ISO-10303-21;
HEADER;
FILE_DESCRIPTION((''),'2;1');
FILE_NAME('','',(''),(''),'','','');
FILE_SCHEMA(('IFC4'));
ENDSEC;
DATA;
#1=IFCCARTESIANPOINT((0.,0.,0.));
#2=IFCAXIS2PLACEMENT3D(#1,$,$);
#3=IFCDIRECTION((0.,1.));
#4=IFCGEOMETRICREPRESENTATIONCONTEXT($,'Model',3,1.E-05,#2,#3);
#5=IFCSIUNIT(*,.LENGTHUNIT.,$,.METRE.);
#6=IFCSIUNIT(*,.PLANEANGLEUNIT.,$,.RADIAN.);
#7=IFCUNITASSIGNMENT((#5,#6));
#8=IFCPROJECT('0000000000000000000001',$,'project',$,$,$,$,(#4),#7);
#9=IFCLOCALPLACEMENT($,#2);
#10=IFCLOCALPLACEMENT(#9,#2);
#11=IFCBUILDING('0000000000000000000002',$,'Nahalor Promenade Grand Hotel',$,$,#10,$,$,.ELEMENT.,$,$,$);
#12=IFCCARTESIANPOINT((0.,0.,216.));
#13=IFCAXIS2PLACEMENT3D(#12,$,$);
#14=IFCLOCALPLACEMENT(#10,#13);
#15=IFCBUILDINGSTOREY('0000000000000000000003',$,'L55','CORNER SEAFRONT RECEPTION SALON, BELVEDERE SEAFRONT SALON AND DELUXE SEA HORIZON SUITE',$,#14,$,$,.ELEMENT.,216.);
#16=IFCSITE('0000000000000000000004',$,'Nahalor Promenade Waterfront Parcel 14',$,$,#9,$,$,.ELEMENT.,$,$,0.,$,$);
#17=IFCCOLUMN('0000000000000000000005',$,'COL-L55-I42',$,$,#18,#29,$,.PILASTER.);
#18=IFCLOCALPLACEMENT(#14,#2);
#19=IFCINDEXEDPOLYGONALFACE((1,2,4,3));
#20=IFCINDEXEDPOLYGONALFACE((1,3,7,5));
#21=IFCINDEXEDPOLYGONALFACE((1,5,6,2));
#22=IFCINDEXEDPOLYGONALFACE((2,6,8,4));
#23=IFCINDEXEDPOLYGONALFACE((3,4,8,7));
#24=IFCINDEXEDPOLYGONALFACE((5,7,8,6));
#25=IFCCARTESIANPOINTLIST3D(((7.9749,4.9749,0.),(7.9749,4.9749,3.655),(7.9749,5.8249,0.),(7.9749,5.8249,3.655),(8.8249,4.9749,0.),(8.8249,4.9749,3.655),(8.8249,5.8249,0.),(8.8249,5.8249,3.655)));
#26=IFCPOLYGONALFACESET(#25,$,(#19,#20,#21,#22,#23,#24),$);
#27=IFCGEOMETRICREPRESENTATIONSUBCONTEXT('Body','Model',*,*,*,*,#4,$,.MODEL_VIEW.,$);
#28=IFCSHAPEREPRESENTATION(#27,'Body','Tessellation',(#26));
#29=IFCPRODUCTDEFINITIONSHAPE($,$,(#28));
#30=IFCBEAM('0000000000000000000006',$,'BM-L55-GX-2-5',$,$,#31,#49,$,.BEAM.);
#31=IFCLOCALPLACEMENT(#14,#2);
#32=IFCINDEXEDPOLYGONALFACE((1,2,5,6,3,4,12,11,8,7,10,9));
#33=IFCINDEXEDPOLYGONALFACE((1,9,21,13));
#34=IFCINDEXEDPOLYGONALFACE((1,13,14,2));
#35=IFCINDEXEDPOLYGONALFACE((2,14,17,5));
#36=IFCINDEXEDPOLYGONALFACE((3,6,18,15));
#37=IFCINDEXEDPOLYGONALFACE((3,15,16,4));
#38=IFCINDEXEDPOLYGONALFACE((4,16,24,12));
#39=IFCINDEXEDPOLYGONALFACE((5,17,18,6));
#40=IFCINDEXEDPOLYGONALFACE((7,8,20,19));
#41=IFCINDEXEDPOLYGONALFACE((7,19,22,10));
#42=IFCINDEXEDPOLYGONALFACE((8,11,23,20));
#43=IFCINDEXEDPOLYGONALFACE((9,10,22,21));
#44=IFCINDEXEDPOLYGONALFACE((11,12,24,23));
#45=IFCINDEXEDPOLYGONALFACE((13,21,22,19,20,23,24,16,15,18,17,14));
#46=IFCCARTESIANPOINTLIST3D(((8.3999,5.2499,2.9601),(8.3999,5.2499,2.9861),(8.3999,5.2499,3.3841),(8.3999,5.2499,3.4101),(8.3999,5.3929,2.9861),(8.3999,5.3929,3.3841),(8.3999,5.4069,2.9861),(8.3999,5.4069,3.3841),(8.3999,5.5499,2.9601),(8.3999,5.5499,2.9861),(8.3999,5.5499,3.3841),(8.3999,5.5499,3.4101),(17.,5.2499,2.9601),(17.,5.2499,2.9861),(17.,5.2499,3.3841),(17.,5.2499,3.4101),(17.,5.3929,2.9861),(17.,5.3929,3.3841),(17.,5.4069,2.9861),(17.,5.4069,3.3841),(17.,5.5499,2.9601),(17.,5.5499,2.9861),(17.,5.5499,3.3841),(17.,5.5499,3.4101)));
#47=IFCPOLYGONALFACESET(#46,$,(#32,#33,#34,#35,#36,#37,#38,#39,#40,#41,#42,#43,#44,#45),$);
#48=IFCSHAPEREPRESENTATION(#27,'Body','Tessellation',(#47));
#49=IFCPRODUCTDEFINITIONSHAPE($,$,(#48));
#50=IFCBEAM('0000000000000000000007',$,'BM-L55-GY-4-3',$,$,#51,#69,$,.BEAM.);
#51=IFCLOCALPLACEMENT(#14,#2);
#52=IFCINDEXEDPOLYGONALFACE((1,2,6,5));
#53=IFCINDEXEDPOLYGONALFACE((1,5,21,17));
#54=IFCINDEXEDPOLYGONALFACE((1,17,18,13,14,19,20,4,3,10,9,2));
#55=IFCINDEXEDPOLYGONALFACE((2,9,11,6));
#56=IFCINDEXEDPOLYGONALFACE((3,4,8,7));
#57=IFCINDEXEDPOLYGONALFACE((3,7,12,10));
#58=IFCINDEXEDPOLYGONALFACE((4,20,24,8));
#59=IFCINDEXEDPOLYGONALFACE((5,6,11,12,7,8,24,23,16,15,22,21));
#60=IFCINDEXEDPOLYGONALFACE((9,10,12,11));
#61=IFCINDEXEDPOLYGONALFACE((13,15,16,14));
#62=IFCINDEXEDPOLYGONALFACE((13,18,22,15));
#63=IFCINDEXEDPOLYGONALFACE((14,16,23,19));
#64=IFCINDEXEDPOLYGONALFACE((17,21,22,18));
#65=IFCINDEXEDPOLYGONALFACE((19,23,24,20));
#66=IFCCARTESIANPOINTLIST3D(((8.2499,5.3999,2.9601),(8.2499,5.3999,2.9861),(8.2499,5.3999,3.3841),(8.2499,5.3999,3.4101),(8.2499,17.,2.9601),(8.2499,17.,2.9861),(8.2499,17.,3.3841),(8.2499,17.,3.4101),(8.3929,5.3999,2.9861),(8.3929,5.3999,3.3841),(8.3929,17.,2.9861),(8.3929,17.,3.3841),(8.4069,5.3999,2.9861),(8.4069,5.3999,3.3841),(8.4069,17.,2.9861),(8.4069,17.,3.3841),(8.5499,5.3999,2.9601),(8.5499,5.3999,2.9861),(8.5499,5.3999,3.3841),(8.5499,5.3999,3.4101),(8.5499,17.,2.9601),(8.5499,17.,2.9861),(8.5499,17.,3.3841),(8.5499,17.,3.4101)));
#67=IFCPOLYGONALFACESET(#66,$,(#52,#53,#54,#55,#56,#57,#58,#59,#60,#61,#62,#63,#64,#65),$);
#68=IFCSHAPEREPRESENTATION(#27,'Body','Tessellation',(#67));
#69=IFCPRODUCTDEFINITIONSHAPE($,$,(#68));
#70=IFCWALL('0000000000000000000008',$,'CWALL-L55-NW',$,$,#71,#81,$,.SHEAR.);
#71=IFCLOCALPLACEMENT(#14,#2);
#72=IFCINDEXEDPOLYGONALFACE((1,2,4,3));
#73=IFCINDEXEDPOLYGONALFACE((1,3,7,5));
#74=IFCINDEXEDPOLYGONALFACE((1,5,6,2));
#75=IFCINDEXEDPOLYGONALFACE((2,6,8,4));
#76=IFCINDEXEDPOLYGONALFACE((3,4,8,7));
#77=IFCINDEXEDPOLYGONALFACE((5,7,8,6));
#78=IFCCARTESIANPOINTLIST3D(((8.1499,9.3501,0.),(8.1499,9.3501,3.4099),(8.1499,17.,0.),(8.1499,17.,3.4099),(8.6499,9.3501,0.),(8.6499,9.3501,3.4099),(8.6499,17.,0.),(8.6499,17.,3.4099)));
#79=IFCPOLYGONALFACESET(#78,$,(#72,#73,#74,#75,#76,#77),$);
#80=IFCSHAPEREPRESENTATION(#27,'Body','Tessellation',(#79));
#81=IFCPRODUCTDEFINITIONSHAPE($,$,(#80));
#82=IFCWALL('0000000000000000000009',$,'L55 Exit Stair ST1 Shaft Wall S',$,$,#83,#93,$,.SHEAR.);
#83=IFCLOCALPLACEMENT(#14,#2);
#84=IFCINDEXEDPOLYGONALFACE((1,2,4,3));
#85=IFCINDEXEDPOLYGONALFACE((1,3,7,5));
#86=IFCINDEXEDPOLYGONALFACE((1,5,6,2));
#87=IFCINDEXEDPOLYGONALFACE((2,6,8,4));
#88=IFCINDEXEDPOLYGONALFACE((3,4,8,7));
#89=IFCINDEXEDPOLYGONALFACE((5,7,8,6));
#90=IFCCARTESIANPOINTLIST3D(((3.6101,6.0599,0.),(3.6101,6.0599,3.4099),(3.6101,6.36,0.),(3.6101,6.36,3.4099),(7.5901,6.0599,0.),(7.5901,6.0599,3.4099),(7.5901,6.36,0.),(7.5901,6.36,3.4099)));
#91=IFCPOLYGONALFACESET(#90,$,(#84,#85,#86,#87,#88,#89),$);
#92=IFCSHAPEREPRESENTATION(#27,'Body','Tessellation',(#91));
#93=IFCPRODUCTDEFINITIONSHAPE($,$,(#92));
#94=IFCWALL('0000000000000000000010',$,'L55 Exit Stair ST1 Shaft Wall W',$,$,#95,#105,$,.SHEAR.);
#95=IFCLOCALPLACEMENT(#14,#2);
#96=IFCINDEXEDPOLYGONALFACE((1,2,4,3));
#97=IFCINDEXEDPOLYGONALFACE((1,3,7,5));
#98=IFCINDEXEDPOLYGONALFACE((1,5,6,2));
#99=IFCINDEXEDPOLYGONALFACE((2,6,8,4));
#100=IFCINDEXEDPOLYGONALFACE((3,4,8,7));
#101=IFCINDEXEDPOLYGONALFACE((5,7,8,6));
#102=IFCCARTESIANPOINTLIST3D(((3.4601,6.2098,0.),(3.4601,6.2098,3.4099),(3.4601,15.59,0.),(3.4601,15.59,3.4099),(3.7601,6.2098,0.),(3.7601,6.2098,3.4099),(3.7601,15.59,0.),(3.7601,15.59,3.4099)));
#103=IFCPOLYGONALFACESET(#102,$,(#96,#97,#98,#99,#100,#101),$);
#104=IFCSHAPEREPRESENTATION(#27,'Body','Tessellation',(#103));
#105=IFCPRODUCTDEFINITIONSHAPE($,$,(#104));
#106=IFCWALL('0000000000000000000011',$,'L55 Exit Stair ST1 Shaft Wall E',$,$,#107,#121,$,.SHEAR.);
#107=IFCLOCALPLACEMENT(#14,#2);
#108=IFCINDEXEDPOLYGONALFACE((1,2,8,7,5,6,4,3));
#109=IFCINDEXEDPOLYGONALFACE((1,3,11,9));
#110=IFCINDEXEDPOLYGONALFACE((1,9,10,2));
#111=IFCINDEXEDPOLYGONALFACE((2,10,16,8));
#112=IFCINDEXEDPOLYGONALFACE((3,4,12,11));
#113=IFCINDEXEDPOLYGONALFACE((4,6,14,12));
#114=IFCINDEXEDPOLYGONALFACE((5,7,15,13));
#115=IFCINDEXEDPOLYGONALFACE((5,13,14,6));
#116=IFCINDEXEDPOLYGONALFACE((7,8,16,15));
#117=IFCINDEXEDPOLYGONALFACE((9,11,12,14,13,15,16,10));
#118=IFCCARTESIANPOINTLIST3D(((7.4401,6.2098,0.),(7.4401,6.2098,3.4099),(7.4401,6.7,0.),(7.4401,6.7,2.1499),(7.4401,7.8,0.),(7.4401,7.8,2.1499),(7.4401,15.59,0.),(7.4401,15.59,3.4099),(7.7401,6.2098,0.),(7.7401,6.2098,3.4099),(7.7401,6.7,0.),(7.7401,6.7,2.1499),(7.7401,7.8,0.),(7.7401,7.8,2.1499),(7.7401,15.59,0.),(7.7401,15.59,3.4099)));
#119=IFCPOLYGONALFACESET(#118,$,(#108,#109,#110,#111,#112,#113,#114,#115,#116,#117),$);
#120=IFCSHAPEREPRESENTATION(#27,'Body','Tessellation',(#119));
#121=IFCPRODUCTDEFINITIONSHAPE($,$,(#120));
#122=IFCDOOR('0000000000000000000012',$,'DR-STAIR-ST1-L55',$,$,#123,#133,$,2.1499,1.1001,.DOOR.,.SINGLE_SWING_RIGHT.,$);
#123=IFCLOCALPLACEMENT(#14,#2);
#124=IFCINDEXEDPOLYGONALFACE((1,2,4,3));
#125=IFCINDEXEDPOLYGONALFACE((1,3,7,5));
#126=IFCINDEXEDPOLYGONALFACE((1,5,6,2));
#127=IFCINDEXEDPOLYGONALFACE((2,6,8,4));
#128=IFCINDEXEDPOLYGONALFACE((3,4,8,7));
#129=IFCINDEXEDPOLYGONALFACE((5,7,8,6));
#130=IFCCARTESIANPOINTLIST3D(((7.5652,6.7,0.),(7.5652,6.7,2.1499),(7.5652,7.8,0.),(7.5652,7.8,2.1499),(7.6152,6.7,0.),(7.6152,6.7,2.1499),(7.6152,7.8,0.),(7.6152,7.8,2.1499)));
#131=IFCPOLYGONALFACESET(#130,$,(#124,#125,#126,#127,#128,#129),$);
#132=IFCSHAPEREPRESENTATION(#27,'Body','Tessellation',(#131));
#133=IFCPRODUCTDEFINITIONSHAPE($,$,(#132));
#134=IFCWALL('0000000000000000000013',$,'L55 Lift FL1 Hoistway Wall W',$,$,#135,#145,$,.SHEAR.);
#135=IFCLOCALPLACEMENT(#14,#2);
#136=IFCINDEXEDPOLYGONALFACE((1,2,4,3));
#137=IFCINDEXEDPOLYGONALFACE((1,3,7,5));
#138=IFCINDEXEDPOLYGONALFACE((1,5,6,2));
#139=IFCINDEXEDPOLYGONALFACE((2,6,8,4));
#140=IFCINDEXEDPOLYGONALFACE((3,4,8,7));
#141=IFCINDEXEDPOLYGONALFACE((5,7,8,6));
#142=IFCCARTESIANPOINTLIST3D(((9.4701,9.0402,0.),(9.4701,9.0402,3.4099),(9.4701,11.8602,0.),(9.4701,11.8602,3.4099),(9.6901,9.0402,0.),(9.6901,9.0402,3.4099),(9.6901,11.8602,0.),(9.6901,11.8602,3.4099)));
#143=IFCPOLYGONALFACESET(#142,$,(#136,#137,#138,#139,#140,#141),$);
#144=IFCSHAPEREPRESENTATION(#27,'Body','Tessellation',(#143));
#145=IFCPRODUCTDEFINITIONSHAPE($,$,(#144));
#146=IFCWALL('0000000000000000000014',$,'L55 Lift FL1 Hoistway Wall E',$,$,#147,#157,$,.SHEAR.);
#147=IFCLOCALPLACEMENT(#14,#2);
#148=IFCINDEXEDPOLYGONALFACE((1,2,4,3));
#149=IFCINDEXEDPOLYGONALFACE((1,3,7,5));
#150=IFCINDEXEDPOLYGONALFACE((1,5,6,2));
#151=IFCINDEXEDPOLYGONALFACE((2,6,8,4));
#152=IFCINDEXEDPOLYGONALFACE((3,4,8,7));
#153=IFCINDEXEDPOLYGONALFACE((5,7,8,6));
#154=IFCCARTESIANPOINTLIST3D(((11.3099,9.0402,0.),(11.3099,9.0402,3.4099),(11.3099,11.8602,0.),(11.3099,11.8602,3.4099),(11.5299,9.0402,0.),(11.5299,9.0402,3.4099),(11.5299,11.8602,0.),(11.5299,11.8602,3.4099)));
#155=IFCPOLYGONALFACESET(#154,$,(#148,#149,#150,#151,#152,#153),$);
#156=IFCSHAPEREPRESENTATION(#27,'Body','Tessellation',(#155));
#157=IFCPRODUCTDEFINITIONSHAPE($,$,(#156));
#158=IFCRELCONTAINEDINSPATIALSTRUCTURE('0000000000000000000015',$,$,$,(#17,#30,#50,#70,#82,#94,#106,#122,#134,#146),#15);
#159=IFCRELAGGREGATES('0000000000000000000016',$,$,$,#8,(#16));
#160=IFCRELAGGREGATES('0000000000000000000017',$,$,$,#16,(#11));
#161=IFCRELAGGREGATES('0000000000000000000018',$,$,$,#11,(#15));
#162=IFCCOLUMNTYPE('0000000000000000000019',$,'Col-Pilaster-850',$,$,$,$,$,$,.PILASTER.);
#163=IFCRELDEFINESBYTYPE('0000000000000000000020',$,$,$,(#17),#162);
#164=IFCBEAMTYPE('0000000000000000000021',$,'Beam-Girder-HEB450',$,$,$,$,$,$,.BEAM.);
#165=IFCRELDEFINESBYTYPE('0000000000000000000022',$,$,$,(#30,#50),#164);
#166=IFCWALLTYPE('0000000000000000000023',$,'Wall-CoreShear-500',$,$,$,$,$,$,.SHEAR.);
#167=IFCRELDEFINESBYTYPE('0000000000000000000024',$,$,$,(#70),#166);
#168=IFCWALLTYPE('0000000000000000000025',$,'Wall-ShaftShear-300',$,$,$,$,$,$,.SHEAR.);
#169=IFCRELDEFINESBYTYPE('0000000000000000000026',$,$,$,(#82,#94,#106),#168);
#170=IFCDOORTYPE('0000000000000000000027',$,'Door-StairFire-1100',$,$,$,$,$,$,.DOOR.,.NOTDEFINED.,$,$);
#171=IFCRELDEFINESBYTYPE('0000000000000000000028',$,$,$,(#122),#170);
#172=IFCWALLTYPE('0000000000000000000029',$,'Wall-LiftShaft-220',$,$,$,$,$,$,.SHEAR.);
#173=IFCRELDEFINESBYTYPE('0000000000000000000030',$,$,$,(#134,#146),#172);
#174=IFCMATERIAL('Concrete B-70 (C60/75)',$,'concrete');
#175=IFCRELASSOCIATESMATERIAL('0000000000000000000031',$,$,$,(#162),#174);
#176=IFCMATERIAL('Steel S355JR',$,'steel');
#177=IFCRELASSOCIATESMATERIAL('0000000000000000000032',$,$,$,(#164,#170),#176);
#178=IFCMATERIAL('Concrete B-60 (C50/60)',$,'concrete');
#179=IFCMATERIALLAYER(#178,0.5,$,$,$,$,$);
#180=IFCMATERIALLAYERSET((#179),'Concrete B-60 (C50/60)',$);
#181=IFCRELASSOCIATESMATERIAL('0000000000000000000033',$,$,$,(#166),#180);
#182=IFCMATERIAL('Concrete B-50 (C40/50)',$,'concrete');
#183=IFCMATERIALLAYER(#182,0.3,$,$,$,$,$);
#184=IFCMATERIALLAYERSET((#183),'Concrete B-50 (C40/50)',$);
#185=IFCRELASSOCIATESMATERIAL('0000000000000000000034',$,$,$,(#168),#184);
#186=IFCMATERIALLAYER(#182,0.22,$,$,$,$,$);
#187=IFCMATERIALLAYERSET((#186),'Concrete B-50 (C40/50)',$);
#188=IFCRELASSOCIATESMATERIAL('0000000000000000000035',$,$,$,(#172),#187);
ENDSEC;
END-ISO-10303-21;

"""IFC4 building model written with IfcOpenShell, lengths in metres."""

from ifc_helpers import new_model, si_unit, direction, frame, frame_2d, origin, origin_2d, place, context, subcontext, project, spatial, rectangle, i_section, extrude, source, transform, mapped, material, layer, layer_set, material_profile, profile_set, type_object, element, fill, save


model = new_model("IFC4")

# Units and contexts
model_context = context("Model", 3, precision=1e-05, world=origin(), true_north=direction((0.0, 1.0)))
body_context = subcontext(model_context, "Body", "Model", "MODEL_VIEW")
ifc_project = project(units=[si_unit("LENGTHUNIT", "METRE"), si_unit("PLANEANGLEUNIT", "RADIAN")], contexts=[model_context])

# Site, building, storey
site_placement = place(None, origin())
site = spatial("IfcSite", under=ifc_project, at=site_placement, Name="Nahalor Promenade Waterfront Parcel 14", CompositionType="ELEMENT", RefElevation=0.0)
building_placement = place(site_placement, origin())
building = spatial("IfcBuilding", under=site, at=building_placement, Name="Nahalor Promenade Grand Hotel", CompositionType="ELEMENT")
storey_placement = place(building_placement, frame((0.0, 0.0, 216.0)))
storey = spatial("IfcBuildingStorey", under=building, at=storey_placement, Name="L55", Description="CORNER SEAFRONT RECEPTION SALON, BELVEDERE SEAFRONT SALON AND DELUXE SEA HORIZON SUITE", CompositionType="ELEMENT", Elevation=216.0)

# Column
ifc_material_1 = material(Name="Concrete B-70 (C60/75)", Category="concrete")
ifc_material_profile_1 = material_profile(ifc_material_1, rectangle(XDim=0.85, YDim=0.85, at=origin_2d()), Name="RC 850x850")
ifc_profile_set_1 = profile_set([ifc_material_profile_1], Name="Concrete B-70 (C60/75)")
column_type = type_object("IfcColumnType", Name="Col-Pilaster-850", PredefinedType="PILASTER", material=ifc_profile_set_1)
shared_shape_1 = source(origin(), body_context, "Body", "SweptSolid", [
    extrude(rectangle(XDim=0.85, YDim=0.85, at=origin_2d()), origin(), (0.0, 0.0, 1.0), 3.655),
])
column_placement = place(storey_placement, frame((8.3999, 5.3999, 0.0), z_axis=(0.0, 0.0, 1.0), x_axis=(1.0, 0.0, 0.0)))
element("IfcColumn", 1, at=column_placement, inside=storey, type_object=column_type, Name="COL-L55-I42", PredefinedType="PILASTER", context=body_context, shape_type="MappedRepresentation", body=[
    mapped(shared_shape_1, transform((0.0, 0.0, 0.0), scale=1.0)),
])

# Beams
ifc_material_2 = material(Name="Steel S355JR", Category="steel")
ifc_material_profile_2 = material_profile(ifc_material_2, i_section(OverallWidth=0.3, OverallDepth=0.45, WebThickness=0.014, FlangeThickness=0.026, at=origin_2d()), Name="HEB 450")
ifc_profile_set_2 = profile_set([ifc_material_profile_2], Name="Steel S355JR")
beam_type = type_object("IfcBeamType", Name="Beam-Girder-HEB450", PredefinedType="BEAM", material=ifc_profile_set_2)
shared_shape_2 = source(origin(), body_context, "Body", "SweptSolid", [
    extrude(i_section(OverallWidth=0.3, OverallDepth=0.45, WebThickness=0.014, FlangeThickness=0.026, at=origin_2d()), origin(), (0.0, 0.0, 1.0), 8.6001),
])
beam_1_placement = place(storey_placement, frame((8.3999, 5.3999, 3.1851), z_axis=(1.0, 0.0, 0.0), x_axis=(0.0, 1.0, 0.0)))
element("IfcBeam", 2, at=beam_1_placement, inside=storey, type_object=beam_type, Name="BM-L55-GX-2-5", PredefinedType="BEAM", context=body_context, shape_type="MappedRepresentation", body=[
    mapped(shared_shape_2, transform((0.0, 0.0, 0.0), scale=1.0)),
])
shared_shape_3 = source(origin(), body_context, "Body", "SweptSolid", [
    extrude(i_section(OverallWidth=0.3, OverallDepth=0.45, WebThickness=0.014, FlangeThickness=0.026, at=origin_2d()), origin(), (0.0, 0.0, 1.0), 11.6001),
])
beam_2_placement = place(storey_placement, frame((8.3999, 5.3999, 3.1851), z_axis=(0.0, 1.0, 0.0), x_axis=(-1.0, 0.0, 0.0)))
element("IfcBeam", 3, at=beam_2_placement, inside=storey, type_object=beam_type, Name="BM-L55-GY-4-3", PredefinedType="BEAM", context=body_context, shape_type="MappedRepresentation", body=[
    mapped(shared_shape_3, transform((0.0, 0.0, 0.0), scale=1.0)),
])

# Walls
ifc_material_3 = material(Name="Concrete B-60 (C50/60)", Category="concrete")
ifc_layer_1 = layer(ifc_material_3, 0.5)
ifc_layer_set_1 = layer_set([ifc_layer_1], Name="Concrete B-60 (C50/60)")
wall_type_1 = type_object("IfcWallType", Name="Wall-CoreShear-500", PredefinedType="SHEAR", material=ifc_layer_set_1)
shared_shape_4 = source(origin(), body_context, "Body", "SweptSolid", [
    extrude(rectangle(XDim=7.6499, YDim=0.5, at=frame_2d((3.825, 0.0))), origin(), (0.0, 0.0, 1.0), 3.4099),
])
wall_1_placement = place(storey_placement, frame((8.3999, 9.3501, 0.0), z_axis=(0.0, 0.0, 1.0), x_axis=(0.0, 1.0, 0.0)))
element("IfcWall", 4, at=wall_1_placement, inside=storey, type_object=wall_type_1, Name="CWALL-L55-NW", PredefinedType="SHEAR", context=body_context, shape_type="MappedRepresentation", body=[
    mapped(shared_shape_4, transform((0.0, 0.0, 0.0), scale=1.0)),
])
ifc_material_4 = material(Name="Concrete B-50 (C40/50)", Category="concrete")
ifc_layer_2 = layer(ifc_material_4, 0.3)
ifc_layer_set_2 = layer_set([ifc_layer_2], Name="Concrete B-50 (C40/50)")
wall_type_2 = type_object("IfcWallType", Name="Wall-ShaftShear-300", PredefinedType="SHEAR", material=ifc_layer_set_2)
shared_shape_5 = source(origin(), body_context, "Body", "SweptSolid", [
    extrude(rectangle(XDim=3.98, YDim=0.3, at=frame_2d((1.99, 0.0))), origin(), (0.0, 0.0, 1.0), 3.4099),
])
wall_2_placement = place(storey_placement, frame((3.6101, 6.21, 0.0), z_axis=(0.0, 0.0, 1.0), x_axis=(1.0, 0.0, 0.0)))
element("IfcWall", 5, at=wall_2_placement, inside=storey, type_object=wall_type_2, Name="L55 Exit Stair ST1 Shaft Wall S", PredefinedType="SHEAR", context=body_context, shape_type="MappedRepresentation", body=[
    mapped(shared_shape_5, transform((0.0, 0.0, 0.0), scale=1.0)),
])
shared_shape_6 = source(origin(), body_context, "Body", "SweptSolid", [
    extrude(rectangle(XDim=9.3801, YDim=0.3, at=frame_2d((4.6899, 0.0))), origin(), (0.0, 0.0, 1.0), 3.4099),
])
wall_3_placement = place(storey_placement, frame((3.6101, 6.21, 0.0), z_axis=(0.0, 0.0, 1.0), x_axis=(0.0, 1.0, 0.0)))
element("IfcWall", 6, at=wall_3_placement, inside=storey, type_object=wall_type_2, Name="L55 Exit Stair ST1 Shaft Wall W", PredefinedType="SHEAR", context=body_context, shape_type="MappedRepresentation", body=[
    mapped(shared_shape_6, transform((0.0, 0.0, 0.0), scale=1.0)),
])

# Wall, opening, door
wall_4_placement = place(storey_placement, frame((7.5901, 6.21, 0.0), z_axis=(0.0, 0.0, 1.0), x_axis=(0.0, 1.0, 0.0)))
wall_4 = element("IfcWall", 7, at=wall_4_placement, inside=storey, type_object=wall_type_2, Name="L55 Exit Stair ST1 Shaft Wall E", PredefinedType="SHEAR", context=body_context, shape_type="MappedRepresentation", body=[
    mapped(shared_shape_6, transform((0.0, 0.0, 0.0), scale=1.0)),
])
opening_1_placement = place(wall_4_placement, frame((0.49, 0.0, 0.0)))
opening_1 = element("IfcOpeningElement", 8, at=opening_1_placement, cuts=wall_4, PredefinedType="OPENING", context=body_context, shape_type="SweptSolid", body=[
    extrude(rectangle(XDim=1.1001, YDim=2.1499, at=frame_2d((0.55, 1.075))), frame((0.0, 0.1599, 0.0), z_axis=(0.0, -1.0, 0.0), x_axis=(1.0, 0.0, 0.0)), (0.0, 0.0, 1.0), 0.3201),
])
door_type_1 = type_object("IfcDoorType", Name="Door-StairFire-1100", OperationType="NOTDEFINED", PredefinedType="DOOR", material=ifc_material_2)
shared_shape_7 = source(origin(), body_context, "Body", "SweptSolid", [
    extrude(rectangle(XDim=1.1001, YDim=2.1499, at=frame_2d((0.55, 1.075))), frame((0.0, 0.0249, 0.0), z_axis=(0.0, -1.0, 0.0), x_axis=(1.0, 0.0, 0.0)), (0.0, 0.0, 1.0), 0.05),
])
door_1_placement = place(opening_1_placement, origin())
door_1 = element("IfcDoor", 9, at=door_1_placement, inside=storey, type_object=door_type_1, Name="DR-STAIR-ST1-L55", OperationType="SINGLE_SWING_RIGHT", OverallHeight=2.1499, OverallWidth=1.1001, PredefinedType="DOOR", context=body_context, shape_type="MappedRepresentation", body=[
    mapped(shared_shape_7, transform((0.0, 0.0, 0.0), scale=1.0)),
])
fill(opening_1, door_1)

# Walls
ifc_layer_3 = layer(ifc_material_4, 0.22)
ifc_layer_set_3 = layer_set([ifc_layer_3], Name="Concrete B-50 (C40/50)")
wall_type_3 = type_object("IfcWallType", Name="Wall-LiftShaft-220", PredefinedType="SHEAR", material=ifc_layer_set_3)
shared_shape_8 = source(origin(), body_context, "Body", "SweptSolid", [
    extrude(rectangle(XDim=2.8201, YDim=0.22, at=frame_2d((1.4102, 0.0))), origin(), (0.0, 0.0, 1.0), 3.4099),
])
for number, where, z_axis, x_axis, name in (
    (10, (9.5801, 9.04, 0.0), (0.0, 0.0, 1.0), (0.0, 1.0, 0.0), "L55 Lift FL1 Hoistway Wall W"),
    (11, (11.4199, 9.04, 0.0), (0.0, 0.0, 1.0), (0.0, 1.0, 0.0), "L55 Lift FL1 Hoistway Wall E"),
):
    element("IfcWall", number, at=place(storey_placement, frame(where, z_axis=z_axis, x_axis=x_axis)), inside=storey, type_object=wall_type_3, Name=name, PredefinedType="SHEAR", context=body_context, shape_type="MappedRepresentation", body=[
        mapped(shared_shape_8, transform((0.0, 0.0, 0.0), scale=1.0)),
    ])

save(model, "model.ifc")
